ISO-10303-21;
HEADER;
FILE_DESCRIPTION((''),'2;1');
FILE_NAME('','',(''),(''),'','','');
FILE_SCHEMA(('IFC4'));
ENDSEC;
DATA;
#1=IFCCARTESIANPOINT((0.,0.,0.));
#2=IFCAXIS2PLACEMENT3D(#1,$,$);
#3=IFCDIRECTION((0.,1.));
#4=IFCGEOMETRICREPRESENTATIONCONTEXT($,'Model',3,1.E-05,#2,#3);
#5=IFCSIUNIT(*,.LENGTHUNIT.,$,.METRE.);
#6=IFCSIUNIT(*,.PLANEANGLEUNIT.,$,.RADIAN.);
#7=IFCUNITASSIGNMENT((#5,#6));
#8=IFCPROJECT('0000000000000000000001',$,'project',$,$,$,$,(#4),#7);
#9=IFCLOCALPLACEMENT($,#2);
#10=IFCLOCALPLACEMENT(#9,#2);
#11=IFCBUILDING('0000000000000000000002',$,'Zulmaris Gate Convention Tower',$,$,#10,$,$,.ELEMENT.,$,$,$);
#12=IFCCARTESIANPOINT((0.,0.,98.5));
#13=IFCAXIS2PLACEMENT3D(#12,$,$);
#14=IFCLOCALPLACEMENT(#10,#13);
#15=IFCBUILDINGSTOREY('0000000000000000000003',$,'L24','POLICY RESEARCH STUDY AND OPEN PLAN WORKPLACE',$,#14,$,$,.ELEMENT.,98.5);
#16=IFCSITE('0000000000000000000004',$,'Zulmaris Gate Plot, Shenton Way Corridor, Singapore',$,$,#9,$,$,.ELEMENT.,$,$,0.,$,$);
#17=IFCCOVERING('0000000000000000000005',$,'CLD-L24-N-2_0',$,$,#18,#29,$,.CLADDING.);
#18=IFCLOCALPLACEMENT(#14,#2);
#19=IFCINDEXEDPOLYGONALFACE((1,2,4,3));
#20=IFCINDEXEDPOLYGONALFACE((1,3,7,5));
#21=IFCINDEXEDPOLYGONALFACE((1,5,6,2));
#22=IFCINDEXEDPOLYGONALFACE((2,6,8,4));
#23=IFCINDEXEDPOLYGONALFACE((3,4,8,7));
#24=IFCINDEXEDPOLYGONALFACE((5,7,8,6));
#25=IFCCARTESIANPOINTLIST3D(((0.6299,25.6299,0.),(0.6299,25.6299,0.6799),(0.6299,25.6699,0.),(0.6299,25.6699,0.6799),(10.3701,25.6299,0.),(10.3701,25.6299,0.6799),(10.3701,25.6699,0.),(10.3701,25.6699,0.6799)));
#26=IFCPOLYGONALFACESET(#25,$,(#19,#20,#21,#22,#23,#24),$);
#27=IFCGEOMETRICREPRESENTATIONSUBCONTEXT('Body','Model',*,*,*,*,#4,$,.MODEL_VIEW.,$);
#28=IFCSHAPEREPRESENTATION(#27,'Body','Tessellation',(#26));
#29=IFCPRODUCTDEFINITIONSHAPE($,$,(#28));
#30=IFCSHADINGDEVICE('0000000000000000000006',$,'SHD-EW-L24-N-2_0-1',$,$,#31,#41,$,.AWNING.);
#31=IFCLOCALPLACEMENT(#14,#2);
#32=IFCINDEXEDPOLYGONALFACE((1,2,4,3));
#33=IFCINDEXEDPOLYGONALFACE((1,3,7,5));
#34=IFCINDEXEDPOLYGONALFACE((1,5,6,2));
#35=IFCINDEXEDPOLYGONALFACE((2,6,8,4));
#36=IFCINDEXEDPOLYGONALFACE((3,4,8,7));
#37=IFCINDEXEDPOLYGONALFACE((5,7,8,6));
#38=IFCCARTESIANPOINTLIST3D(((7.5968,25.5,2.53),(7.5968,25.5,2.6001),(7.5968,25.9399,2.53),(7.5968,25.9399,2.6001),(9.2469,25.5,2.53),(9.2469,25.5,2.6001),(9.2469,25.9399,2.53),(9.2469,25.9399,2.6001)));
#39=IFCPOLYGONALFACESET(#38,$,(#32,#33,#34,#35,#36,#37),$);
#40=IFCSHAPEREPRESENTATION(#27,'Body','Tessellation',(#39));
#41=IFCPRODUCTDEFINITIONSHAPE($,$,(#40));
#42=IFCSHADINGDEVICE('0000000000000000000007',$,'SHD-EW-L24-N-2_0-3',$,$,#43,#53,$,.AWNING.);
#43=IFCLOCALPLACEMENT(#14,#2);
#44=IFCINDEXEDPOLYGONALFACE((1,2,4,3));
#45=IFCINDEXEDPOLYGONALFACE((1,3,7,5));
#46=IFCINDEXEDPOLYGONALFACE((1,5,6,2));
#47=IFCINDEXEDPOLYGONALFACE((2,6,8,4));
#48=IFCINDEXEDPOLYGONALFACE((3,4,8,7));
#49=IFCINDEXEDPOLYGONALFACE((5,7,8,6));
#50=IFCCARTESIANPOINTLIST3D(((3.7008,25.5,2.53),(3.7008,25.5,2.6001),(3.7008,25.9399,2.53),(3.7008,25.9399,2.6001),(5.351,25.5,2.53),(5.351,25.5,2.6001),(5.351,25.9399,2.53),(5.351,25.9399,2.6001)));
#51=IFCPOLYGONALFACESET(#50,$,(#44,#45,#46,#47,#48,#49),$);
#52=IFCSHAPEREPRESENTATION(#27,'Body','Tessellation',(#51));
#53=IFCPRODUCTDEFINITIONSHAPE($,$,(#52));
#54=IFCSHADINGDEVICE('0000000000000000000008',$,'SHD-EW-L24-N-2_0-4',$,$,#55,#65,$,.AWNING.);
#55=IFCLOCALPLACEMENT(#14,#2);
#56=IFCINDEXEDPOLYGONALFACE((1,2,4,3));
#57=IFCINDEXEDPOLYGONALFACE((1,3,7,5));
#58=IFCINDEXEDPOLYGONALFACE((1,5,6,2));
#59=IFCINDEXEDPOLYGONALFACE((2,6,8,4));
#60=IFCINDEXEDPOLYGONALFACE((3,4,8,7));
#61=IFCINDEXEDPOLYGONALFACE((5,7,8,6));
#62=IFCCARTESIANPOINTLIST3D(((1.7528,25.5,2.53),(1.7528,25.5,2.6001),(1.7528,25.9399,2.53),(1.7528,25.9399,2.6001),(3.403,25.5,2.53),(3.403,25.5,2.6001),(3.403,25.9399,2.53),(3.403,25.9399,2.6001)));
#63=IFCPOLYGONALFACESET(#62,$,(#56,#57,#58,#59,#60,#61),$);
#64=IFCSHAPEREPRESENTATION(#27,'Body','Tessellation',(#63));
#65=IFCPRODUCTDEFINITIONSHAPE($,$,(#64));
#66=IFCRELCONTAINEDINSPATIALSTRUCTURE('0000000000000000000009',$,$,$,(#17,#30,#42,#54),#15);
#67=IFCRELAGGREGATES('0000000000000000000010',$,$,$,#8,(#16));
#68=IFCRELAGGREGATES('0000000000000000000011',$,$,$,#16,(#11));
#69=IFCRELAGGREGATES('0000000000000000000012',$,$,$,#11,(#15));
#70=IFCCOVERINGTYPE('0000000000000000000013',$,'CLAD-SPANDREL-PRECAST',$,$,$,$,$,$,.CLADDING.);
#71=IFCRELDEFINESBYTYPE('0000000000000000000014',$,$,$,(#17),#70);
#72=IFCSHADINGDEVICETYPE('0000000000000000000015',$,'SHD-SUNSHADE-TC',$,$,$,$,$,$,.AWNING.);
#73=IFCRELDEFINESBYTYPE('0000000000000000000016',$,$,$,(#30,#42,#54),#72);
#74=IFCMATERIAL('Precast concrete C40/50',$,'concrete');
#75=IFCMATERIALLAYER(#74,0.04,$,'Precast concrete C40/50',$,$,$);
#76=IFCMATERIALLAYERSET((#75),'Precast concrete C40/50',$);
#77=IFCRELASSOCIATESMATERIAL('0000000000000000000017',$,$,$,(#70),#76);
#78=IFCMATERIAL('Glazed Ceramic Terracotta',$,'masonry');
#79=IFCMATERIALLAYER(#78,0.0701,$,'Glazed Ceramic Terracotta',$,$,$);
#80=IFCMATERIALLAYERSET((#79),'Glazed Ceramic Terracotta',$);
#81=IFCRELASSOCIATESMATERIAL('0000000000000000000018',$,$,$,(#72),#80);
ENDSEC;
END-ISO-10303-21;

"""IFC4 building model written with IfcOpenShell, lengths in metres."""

from ifc_helpers import new_model, si_unit, direction, frame, frame_2d, origin, place, context, subcontext, project, spatial, rectangle, extrude, material, layer, layer_set, type_object, element, save


model = new_model("IFC4")

# Units and contexts
model_context = context("Model", 3, precision=1e-05, world=origin(), true_north=direction((0.0, 1.0)))
body_context = subcontext(model_context, "Body", "Model", "MODEL_VIEW")
ifc_project = project(units=[si_unit("LENGTHUNIT", "METRE"), si_unit("PLANEANGLEUNIT", "RADIAN")], contexts=[model_context])

# Site, building, storey
site_placement = place(None, origin())
site = spatial("IfcSite", under=ifc_project, at=site_placement, Name="Zulmaris Gate Plot, Shenton Way Corridor, Singapore", CompositionType="ELEMENT", RefElevation=0.0)
building_placement = place(site_placement, origin())
building = spatial("IfcBuilding", under=site, at=building_placement, Name="Zulmaris Gate Convention Tower", CompositionType="ELEMENT")
storey_placement = place(building_placement, frame((0.0, 0.0, 98.5)))
storey = spatial("IfcBuildingStorey", under=building, at=storey_placement, Name="L24", Description="POLICY RESEARCH STUDY AND OPEN PLAN WORKPLACE", CompositionType="ELEMENT", Elevation=98.5)

# Shared definitions
ifc_material_1 = material(Name="Precast concrete C40/50", Category="concrete")

# Covering
ifc_layer_1 = layer(ifc_material_1, 0.04, Name="Precast concrete C40/50")
ifc_layer_set_1 = layer_set([ifc_layer_1], Name="Precast concrete C40/50")
covering_type = type_object("IfcCoveringType", Name="CLAD-SPANDREL-PRECAST", PredefinedType="CLADDING", material=ifc_layer_set_1)
covering_placement = place(storey_placement, frame((10.3701, 25.6499, 0.0), z_axis=(0.0, 0.0, 1.0), x_axis=(-1.0, 0.0, 0.0)))
element("IfcCovering", 1, at=covering_placement, inside=storey, type_object=covering_type, Name="CLD-L24-N-2_0", PredefinedType="CLADDING", context=body_context, shape_type="SweptSolid", body=[
    extrude(rectangle(XDim=9.7402, YDim=0.04, at=frame_2d((4.8701, 0.0))), origin(), (0.0, 0.0, 1.0), 0.6799),
])

# Shading devices
ifc_material_2 = material(Name="Glazed Ceramic Terracotta", Category="masonry")
ifc_layer_2 = layer(ifc_material_2, 0.0701, Name="Glazed Ceramic Terracotta")
ifc_layer_set_2 = layer_set([ifc_layer_2], Name="Glazed Ceramic Terracotta")
shading_device_type = type_object("IfcShadingDeviceType", Name="SHD-SUNSHADE-TC", PredefinedType="AWNING", material=ifc_layer_set_2)
for number, where, z_axis, x_axis, name in (
    (2, (9.2471, 25.72, 2.53), (0.0, 0.0, 1.0), (-1.0, 0.0, 0.0), "SHD-EW-L24-N-2_0-1"),
    (3, (5.3511, 25.72, 2.53), (0.0, 0.0, 1.0), (-1.0, 0.0, 0.0), "SHD-EW-L24-N-2_0-3"),
    (4, (3.4031, 25.72, 2.53), (0.0, 0.0, 1.0), (-1.0, 0.0, 0.0), "SHD-EW-L24-N-2_0-4"),
):
    element("IfcShadingDevice", number, at=place(storey_placement, frame(where, z_axis=z_axis, x_axis=x_axis)), inside=storey, type_object=shading_device_type, Name=name, PredefinedType="AWNING", context=body_context, shape_type="SweptSolid", body=[
        extrude(rectangle(XDim=1.6501, YDim=0.4399, at=frame_2d((0.8252, 0.0))), origin(), (0.0, 0.0, 1.0), 0.0701),
    ])

save(model, "model.ifc")
